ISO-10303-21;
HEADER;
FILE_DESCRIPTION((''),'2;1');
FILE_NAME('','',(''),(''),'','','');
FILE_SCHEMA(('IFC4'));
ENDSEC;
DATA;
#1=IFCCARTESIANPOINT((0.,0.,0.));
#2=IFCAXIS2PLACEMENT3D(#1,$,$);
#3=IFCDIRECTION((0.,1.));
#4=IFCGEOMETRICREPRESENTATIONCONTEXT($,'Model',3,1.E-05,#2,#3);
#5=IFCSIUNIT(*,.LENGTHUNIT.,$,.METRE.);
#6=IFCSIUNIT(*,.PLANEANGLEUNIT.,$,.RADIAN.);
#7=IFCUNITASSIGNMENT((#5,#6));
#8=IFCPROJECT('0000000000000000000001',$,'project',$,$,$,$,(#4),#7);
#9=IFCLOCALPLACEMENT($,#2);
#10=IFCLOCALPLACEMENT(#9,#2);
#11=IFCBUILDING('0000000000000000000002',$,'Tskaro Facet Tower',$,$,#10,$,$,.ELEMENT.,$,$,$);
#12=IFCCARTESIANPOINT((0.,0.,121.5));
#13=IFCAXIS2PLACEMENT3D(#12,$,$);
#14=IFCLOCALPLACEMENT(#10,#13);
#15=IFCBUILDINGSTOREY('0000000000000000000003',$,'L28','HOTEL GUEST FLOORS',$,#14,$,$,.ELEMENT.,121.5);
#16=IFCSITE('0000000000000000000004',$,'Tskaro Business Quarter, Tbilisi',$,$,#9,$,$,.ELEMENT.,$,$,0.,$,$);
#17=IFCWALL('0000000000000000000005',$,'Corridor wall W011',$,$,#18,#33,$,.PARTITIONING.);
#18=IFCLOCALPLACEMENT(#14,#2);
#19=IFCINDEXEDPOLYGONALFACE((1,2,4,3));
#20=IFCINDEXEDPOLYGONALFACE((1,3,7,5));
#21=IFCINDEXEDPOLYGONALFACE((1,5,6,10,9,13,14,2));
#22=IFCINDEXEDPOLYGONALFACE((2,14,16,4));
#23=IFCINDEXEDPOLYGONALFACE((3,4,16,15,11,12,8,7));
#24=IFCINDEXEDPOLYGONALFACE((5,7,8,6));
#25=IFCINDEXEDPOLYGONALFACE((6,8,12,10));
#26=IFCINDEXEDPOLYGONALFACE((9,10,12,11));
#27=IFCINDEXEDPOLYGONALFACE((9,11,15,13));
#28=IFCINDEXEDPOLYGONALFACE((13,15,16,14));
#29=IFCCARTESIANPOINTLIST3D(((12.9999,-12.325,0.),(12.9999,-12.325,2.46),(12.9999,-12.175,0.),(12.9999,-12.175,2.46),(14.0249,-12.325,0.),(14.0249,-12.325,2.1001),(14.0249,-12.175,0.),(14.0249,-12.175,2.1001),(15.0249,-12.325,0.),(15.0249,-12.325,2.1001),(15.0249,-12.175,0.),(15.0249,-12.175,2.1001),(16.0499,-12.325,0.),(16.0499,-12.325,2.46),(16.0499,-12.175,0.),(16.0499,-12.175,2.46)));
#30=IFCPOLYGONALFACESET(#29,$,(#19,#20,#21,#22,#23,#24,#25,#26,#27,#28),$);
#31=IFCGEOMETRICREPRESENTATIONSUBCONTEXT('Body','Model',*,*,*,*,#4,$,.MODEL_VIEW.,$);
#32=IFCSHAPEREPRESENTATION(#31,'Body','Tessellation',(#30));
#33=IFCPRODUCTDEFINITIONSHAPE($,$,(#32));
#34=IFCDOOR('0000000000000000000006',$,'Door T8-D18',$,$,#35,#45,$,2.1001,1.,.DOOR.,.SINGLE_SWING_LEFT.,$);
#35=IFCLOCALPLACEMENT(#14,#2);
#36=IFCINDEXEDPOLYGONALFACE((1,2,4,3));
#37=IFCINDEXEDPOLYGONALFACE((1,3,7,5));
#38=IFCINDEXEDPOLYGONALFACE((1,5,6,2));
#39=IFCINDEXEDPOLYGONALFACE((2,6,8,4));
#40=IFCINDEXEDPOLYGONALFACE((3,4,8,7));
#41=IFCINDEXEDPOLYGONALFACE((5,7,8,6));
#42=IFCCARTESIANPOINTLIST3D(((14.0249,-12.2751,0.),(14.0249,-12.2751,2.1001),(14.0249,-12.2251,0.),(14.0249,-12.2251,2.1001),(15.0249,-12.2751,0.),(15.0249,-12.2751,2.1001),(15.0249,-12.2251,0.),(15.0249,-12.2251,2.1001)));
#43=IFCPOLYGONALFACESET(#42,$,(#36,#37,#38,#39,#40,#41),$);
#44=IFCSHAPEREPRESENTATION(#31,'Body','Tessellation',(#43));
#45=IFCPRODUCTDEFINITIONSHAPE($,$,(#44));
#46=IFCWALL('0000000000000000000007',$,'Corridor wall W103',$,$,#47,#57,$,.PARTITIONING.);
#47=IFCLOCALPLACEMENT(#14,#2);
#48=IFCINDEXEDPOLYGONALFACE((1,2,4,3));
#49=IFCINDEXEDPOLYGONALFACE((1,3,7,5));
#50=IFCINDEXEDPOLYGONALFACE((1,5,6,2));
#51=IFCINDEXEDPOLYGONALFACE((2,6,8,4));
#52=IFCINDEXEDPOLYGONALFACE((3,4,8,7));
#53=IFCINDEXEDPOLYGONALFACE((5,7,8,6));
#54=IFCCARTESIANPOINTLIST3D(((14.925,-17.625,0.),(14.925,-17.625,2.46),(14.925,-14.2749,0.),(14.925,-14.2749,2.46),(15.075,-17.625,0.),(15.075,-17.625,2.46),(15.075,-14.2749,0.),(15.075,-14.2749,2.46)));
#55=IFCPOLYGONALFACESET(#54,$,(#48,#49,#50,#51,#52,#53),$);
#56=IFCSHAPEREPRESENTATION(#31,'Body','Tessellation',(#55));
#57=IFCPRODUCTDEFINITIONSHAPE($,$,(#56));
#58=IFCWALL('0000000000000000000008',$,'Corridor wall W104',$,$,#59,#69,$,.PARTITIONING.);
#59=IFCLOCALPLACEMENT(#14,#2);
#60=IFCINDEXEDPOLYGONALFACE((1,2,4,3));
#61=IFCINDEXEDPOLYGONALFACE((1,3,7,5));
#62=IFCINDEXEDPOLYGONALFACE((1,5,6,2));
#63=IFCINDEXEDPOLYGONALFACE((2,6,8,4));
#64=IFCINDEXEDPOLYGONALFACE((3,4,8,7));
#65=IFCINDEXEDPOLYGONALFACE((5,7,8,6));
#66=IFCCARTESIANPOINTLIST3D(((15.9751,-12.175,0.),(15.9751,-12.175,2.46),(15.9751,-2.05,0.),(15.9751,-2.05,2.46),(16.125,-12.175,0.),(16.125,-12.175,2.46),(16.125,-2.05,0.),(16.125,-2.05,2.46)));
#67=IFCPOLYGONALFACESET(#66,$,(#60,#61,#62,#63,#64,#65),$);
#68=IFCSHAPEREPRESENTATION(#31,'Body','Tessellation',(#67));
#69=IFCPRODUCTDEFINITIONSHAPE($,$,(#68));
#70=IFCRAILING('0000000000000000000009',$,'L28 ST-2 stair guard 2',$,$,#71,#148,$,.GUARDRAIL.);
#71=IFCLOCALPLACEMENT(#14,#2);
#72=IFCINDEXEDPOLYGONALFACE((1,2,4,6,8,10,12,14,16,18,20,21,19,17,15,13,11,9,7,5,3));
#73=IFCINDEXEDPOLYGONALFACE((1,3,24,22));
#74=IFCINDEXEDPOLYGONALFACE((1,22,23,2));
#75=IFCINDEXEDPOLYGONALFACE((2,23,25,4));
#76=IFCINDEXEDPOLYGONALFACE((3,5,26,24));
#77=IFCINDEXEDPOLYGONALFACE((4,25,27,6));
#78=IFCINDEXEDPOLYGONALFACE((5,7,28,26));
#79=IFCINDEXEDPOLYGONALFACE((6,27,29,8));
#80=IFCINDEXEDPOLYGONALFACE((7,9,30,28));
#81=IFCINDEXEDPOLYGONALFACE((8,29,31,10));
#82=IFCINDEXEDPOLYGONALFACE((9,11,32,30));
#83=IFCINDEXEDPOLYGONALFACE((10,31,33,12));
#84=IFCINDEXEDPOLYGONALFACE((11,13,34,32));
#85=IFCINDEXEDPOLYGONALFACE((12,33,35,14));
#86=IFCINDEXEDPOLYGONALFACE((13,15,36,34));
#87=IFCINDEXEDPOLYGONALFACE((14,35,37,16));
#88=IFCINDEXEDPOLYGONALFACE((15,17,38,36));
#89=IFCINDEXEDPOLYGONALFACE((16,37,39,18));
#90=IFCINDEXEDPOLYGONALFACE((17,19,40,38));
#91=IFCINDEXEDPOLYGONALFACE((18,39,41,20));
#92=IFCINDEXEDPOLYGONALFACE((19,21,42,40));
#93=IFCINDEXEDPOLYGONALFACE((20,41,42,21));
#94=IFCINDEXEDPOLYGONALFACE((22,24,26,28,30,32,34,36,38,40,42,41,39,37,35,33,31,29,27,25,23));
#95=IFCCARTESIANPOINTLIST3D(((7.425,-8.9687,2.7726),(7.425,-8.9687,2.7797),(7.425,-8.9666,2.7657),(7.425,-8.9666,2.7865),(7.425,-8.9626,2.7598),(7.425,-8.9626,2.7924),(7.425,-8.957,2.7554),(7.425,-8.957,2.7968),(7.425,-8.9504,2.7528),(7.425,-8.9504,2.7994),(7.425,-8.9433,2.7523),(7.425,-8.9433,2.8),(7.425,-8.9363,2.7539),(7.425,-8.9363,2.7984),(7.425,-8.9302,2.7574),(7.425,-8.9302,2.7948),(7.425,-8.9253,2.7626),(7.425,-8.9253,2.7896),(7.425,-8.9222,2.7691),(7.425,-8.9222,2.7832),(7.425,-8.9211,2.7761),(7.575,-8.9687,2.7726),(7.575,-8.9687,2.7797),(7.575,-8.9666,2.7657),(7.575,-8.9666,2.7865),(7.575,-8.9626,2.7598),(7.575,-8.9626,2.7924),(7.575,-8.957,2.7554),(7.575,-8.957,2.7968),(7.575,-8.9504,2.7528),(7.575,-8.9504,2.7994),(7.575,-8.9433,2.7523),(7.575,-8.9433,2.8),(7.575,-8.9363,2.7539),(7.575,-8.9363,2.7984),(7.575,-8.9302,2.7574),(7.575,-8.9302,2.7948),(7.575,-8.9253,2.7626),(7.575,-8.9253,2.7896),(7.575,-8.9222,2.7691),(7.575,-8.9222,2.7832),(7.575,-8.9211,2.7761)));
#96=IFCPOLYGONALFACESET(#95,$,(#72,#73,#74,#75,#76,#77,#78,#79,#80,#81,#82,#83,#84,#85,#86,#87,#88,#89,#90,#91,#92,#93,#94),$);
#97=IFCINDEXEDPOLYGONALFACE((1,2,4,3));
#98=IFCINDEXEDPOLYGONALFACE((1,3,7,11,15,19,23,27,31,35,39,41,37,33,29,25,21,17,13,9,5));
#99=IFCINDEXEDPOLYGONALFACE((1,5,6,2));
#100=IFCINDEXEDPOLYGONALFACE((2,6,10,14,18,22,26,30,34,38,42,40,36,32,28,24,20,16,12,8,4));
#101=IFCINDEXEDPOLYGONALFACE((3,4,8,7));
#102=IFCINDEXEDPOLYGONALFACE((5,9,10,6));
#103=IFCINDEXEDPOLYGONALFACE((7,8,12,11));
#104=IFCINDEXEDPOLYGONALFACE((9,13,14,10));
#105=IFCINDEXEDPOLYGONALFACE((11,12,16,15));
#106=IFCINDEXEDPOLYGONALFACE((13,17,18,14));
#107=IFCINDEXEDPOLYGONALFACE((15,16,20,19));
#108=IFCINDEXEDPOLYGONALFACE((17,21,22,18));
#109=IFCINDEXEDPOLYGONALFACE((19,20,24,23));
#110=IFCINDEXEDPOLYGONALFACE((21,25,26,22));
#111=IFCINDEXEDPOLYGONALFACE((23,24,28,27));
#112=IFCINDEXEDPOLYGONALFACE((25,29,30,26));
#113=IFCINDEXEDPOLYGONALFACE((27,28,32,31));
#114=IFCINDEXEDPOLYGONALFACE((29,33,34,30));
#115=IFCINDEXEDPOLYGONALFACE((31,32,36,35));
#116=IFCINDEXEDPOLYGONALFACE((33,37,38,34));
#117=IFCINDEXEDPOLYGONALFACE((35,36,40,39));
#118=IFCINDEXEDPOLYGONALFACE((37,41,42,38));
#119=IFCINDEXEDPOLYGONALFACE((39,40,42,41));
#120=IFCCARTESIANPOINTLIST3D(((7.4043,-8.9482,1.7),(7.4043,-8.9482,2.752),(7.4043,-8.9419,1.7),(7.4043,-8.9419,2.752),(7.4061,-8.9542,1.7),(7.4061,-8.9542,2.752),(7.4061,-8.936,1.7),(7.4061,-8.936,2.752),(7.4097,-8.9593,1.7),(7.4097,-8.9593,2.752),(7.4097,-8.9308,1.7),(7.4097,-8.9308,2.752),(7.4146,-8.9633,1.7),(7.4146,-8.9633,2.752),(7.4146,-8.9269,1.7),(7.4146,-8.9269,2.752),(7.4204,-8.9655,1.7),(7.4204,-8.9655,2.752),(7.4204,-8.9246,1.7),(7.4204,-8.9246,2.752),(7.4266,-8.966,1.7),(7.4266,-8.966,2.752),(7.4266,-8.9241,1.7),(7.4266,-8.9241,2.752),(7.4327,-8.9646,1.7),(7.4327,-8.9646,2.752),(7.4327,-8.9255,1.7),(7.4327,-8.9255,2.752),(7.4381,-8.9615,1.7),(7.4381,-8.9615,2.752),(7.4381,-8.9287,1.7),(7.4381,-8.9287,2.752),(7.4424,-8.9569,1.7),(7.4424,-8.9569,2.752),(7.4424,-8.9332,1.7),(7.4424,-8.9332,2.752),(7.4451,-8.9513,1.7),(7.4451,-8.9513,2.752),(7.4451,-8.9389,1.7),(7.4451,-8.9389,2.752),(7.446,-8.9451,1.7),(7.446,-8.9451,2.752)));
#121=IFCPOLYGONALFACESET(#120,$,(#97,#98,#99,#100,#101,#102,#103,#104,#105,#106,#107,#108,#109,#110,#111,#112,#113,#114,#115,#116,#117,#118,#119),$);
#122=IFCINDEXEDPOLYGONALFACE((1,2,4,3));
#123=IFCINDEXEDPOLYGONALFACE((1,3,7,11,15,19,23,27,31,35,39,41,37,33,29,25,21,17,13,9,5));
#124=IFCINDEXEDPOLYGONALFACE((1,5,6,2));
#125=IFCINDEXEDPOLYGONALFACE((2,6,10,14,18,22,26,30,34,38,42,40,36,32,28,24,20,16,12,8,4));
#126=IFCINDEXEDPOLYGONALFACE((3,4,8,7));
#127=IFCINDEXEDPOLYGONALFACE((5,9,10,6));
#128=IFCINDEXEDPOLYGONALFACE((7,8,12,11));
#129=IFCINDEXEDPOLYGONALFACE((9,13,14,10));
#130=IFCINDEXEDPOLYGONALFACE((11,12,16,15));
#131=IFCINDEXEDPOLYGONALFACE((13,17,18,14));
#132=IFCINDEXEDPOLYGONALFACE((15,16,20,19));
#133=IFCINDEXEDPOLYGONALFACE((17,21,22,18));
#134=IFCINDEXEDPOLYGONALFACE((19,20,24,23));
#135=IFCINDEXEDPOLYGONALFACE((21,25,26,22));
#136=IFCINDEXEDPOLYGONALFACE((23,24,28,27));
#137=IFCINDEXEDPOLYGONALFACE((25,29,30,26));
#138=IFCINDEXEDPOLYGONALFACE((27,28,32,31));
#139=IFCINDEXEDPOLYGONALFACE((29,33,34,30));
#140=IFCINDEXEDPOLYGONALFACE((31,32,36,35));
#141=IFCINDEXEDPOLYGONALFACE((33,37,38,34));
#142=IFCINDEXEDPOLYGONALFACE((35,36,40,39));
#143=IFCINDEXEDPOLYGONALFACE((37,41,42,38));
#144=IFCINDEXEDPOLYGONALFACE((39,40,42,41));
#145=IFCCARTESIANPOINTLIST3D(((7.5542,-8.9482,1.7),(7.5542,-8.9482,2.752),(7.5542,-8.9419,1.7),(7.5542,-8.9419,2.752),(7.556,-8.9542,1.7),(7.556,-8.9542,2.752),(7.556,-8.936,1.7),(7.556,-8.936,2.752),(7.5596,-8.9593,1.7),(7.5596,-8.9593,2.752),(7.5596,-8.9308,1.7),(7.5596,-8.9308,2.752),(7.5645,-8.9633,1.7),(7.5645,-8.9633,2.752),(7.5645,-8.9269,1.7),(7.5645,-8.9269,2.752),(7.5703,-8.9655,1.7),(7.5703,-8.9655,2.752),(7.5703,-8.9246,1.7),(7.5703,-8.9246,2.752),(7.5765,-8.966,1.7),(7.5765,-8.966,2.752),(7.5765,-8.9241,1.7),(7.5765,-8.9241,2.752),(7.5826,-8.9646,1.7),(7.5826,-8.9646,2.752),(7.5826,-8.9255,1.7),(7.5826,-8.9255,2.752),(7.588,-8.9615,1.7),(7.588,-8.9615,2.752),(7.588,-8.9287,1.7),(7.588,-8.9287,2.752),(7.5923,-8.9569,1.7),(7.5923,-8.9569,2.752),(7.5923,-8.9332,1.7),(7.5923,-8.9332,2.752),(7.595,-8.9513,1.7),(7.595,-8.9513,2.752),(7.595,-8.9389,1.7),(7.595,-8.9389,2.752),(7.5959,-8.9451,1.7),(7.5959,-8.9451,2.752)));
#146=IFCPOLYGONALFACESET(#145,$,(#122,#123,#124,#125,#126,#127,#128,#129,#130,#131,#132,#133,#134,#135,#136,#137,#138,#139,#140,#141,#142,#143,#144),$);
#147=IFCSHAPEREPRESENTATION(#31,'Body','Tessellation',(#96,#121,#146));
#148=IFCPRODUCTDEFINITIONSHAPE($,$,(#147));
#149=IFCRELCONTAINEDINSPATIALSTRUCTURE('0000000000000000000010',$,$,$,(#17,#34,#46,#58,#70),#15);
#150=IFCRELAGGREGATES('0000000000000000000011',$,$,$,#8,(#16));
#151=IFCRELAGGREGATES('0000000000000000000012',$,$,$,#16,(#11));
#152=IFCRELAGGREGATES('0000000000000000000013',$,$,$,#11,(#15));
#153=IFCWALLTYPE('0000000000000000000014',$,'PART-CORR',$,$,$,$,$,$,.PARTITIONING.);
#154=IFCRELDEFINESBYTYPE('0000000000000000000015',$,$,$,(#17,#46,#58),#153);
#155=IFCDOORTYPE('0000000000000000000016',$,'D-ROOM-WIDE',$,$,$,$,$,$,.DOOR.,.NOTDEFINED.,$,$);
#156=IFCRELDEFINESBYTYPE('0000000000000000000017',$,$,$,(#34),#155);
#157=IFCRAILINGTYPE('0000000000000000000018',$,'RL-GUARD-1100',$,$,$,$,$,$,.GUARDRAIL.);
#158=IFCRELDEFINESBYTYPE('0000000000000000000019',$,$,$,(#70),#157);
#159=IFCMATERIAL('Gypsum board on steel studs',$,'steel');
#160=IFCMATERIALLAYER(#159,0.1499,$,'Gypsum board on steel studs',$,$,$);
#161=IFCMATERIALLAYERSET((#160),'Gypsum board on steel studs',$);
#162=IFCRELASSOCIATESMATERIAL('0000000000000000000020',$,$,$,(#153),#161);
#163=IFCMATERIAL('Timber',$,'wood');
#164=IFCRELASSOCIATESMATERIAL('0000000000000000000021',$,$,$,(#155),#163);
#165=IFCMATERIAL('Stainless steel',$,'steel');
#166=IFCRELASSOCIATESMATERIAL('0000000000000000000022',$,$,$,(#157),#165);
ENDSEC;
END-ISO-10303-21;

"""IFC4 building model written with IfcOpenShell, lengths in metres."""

from ifc_helpers import new_model, si_unit, direction, frame, frame_2d, origin, origin_2d, place, context, subcontext, project, spatial, rectangle, circle, extrude, material, layer, layer_set, type_object, element, fill, save


model = new_model("IFC4")

# Units and contexts
model_context = context("Model", 3, precision=1e-05, world=origin(), true_north=direction((0.0, 1.0)))
body_context = subcontext(model_context, "Body", "Model", "MODEL_VIEW")
ifc_project = project(units=[si_unit("LENGTHUNIT", "METRE"), si_unit("PLANEANGLEUNIT", "RADIAN")], contexts=[model_context])

# Site, building, storey
site_placement = place(None, origin())
site = spatial("IfcSite", under=ifc_project, at=site_placement, Name="Tskaro Business Quarter, Tbilisi", CompositionType="ELEMENT", RefElevation=0.0)
building_placement = place(site_placement, origin())
building = spatial("IfcBuilding", under=site, at=building_placement, Name="Tskaro Facet Tower", CompositionType="ELEMENT")
storey_placement = place(building_placement, frame((0.0, 0.0, 121.5)))
storey = spatial("IfcBuildingStorey", under=building, at=storey_placement, Name="L28", Description="HOTEL GUEST FLOORS", CompositionType="ELEMENT", Elevation=121.5)

# Wall, opening, door
ifc_material_1 = material(Name="Gypsum board on steel studs", Category="steel")
ifc_layer_1 = layer(ifc_material_1, 0.1499, Name="Gypsum board on steel studs")
ifc_layer_set_1 = layer_set([ifc_layer_1], Name="Gypsum board on steel studs")
wall_type_1 = type_object("IfcWallType", Name="PART-CORR", PredefinedType="PARTITIONING", material=ifc_layer_set_1)
ifc_material_2 = material(Name="Timber", Category="wood")
wall_1_placement = place(storey_placement, frame((13.0, -12.25, 0.0), z_axis=(0.0, 0.0, 1.0), x_axis=(1.0, 0.0, 0.0)))
wall_1 = element("IfcWall", 1, at=wall_1_placement, inside=storey, type_object=wall_type_1, Name="Corridor wall W011", PredefinedType="PARTITIONING", context=body_context, shape_type="SweptSolid", body=[
    extrude(rectangle(XDim=3.05, YDim=0.1499, at=frame_2d((1.5249, 0.0))), origin(), (0.0, 0.0, 1.0), 2.46),
])
opening_1_placement = place(wall_1_placement, frame((1.0249, 0.0, 0.0)))
opening_1 = element("IfcOpeningElement", 2, at=opening_1_placement, cuts=wall_1, PredefinedType="OPENING", context=body_context, shape_type="SweptSolid", body=[
    extrude(rectangle(XDim=1.0, YDim=2.1001, at=frame_2d((0.5, 1.05))), frame((0.0, 0.085, 0.0), z_axis=(0.0, -1.0, 0.0), x_axis=(1.0, 0.0, 0.0)), (0.0, 0.0, 1.0), 0.1699),
])
door_type_1 = type_object("IfcDoorType", Name="D-ROOM-WIDE", OperationType="NOTDEFINED", PredefinedType="DOOR", material=ifc_material_2)
door_1_placement = place(opening_1_placement, origin())
door_1 = element("IfcDoor", 3, at=door_1_placement, inside=storey, type_object=door_type_1, Name="Door T8-D18", OperationType="SINGLE_SWING_LEFT", OverallHeight=2.1001, OverallWidth=1.0, PredefinedType="DOOR", context=body_context, shape_type="SweptSolid", body=[
    extrude(rectangle(XDim=1.0, YDim=2.1001, at=frame_2d((0.5, 1.05))), frame((0.0, 0.0249, 0.0), z_axis=(0.0, -1.0, 0.0), x_axis=(1.0, 0.0, 0.0)), (0.0, 0.0, 1.0), 0.05),
])
fill(opening_1, door_1)

# Walls
wall_2_placement = place(storey_placement, frame((15.0, -17.625, 0.0), z_axis=(0.0, 0.0, 1.0), x_axis=(0.0, 1.0, 0.0)))
element("IfcWall", 4, at=wall_2_placement, inside=storey, type_object=wall_type_1, Name="Corridor wall W103", PredefinedType="PARTITIONING", context=body_context, shape_type="SweptSolid", body=[
    extrude(rectangle(XDim=3.3501, YDim=0.1499, at=frame_2d((1.675, 0.0))), origin(), (0.0, 0.0, 1.0), 2.46),
])
wall_3_placement = place(storey_placement, frame((16.05, -12.175, 0.0), z_axis=(0.0, 0.0, 1.0), x_axis=(0.0, 1.0, 0.0)))
element("IfcWall", 5, at=wall_3_placement, inside=storey, type_object=wall_type_1, Name="Corridor wall W104", PredefinedType="PARTITIONING", context=body_context, shape_type="SweptSolid", body=[
    extrude(rectangle(XDim=10.125, YDim=0.1499, at=frame_2d((5.0625, 0.0))), origin(), (0.0, 0.0, 1.0), 2.46),
])

# Railing
ifc_material_3 = material(Name="Stainless steel", Category="steel")
railing_type = type_object("IfcRailingType", Name="RL-GUARD-1100", PredefinedType="GUARDRAIL", material=ifc_material_3)
railing_1_placement = place(storey_placement, frame((7.425, -8.9451, 1.7)))
element("IfcRailing", 6, at=railing_1_placement, inside=storey, type_object=railing_type, Name="L28 ST-2 stair guard 2", PredefinedType="GUARDRAIL", context=body_context, shape_type="SweptSolid", body=[
    extrude(circle(Radius=0.0239, at=origin_2d()), frame((0.0, 0.0, 1.0762), z_axis=(1.0, 0.0, 0.0), x_axis=(0.0, 1.0, 0.0)), (0.0, 0.0, 1.0), 0.1499),
    extrude(circle(Radius=0.021, at=origin_2d()), origin(), (0.0, 0.0, 1.0), 1.052),
    extrude(circle(Radius=0.021, at=origin_2d()), frame((0.1499, 0.0, 0.0)), (0.0, 0.0, 1.0), 1.052),
])

save(model, "model.ifc")
